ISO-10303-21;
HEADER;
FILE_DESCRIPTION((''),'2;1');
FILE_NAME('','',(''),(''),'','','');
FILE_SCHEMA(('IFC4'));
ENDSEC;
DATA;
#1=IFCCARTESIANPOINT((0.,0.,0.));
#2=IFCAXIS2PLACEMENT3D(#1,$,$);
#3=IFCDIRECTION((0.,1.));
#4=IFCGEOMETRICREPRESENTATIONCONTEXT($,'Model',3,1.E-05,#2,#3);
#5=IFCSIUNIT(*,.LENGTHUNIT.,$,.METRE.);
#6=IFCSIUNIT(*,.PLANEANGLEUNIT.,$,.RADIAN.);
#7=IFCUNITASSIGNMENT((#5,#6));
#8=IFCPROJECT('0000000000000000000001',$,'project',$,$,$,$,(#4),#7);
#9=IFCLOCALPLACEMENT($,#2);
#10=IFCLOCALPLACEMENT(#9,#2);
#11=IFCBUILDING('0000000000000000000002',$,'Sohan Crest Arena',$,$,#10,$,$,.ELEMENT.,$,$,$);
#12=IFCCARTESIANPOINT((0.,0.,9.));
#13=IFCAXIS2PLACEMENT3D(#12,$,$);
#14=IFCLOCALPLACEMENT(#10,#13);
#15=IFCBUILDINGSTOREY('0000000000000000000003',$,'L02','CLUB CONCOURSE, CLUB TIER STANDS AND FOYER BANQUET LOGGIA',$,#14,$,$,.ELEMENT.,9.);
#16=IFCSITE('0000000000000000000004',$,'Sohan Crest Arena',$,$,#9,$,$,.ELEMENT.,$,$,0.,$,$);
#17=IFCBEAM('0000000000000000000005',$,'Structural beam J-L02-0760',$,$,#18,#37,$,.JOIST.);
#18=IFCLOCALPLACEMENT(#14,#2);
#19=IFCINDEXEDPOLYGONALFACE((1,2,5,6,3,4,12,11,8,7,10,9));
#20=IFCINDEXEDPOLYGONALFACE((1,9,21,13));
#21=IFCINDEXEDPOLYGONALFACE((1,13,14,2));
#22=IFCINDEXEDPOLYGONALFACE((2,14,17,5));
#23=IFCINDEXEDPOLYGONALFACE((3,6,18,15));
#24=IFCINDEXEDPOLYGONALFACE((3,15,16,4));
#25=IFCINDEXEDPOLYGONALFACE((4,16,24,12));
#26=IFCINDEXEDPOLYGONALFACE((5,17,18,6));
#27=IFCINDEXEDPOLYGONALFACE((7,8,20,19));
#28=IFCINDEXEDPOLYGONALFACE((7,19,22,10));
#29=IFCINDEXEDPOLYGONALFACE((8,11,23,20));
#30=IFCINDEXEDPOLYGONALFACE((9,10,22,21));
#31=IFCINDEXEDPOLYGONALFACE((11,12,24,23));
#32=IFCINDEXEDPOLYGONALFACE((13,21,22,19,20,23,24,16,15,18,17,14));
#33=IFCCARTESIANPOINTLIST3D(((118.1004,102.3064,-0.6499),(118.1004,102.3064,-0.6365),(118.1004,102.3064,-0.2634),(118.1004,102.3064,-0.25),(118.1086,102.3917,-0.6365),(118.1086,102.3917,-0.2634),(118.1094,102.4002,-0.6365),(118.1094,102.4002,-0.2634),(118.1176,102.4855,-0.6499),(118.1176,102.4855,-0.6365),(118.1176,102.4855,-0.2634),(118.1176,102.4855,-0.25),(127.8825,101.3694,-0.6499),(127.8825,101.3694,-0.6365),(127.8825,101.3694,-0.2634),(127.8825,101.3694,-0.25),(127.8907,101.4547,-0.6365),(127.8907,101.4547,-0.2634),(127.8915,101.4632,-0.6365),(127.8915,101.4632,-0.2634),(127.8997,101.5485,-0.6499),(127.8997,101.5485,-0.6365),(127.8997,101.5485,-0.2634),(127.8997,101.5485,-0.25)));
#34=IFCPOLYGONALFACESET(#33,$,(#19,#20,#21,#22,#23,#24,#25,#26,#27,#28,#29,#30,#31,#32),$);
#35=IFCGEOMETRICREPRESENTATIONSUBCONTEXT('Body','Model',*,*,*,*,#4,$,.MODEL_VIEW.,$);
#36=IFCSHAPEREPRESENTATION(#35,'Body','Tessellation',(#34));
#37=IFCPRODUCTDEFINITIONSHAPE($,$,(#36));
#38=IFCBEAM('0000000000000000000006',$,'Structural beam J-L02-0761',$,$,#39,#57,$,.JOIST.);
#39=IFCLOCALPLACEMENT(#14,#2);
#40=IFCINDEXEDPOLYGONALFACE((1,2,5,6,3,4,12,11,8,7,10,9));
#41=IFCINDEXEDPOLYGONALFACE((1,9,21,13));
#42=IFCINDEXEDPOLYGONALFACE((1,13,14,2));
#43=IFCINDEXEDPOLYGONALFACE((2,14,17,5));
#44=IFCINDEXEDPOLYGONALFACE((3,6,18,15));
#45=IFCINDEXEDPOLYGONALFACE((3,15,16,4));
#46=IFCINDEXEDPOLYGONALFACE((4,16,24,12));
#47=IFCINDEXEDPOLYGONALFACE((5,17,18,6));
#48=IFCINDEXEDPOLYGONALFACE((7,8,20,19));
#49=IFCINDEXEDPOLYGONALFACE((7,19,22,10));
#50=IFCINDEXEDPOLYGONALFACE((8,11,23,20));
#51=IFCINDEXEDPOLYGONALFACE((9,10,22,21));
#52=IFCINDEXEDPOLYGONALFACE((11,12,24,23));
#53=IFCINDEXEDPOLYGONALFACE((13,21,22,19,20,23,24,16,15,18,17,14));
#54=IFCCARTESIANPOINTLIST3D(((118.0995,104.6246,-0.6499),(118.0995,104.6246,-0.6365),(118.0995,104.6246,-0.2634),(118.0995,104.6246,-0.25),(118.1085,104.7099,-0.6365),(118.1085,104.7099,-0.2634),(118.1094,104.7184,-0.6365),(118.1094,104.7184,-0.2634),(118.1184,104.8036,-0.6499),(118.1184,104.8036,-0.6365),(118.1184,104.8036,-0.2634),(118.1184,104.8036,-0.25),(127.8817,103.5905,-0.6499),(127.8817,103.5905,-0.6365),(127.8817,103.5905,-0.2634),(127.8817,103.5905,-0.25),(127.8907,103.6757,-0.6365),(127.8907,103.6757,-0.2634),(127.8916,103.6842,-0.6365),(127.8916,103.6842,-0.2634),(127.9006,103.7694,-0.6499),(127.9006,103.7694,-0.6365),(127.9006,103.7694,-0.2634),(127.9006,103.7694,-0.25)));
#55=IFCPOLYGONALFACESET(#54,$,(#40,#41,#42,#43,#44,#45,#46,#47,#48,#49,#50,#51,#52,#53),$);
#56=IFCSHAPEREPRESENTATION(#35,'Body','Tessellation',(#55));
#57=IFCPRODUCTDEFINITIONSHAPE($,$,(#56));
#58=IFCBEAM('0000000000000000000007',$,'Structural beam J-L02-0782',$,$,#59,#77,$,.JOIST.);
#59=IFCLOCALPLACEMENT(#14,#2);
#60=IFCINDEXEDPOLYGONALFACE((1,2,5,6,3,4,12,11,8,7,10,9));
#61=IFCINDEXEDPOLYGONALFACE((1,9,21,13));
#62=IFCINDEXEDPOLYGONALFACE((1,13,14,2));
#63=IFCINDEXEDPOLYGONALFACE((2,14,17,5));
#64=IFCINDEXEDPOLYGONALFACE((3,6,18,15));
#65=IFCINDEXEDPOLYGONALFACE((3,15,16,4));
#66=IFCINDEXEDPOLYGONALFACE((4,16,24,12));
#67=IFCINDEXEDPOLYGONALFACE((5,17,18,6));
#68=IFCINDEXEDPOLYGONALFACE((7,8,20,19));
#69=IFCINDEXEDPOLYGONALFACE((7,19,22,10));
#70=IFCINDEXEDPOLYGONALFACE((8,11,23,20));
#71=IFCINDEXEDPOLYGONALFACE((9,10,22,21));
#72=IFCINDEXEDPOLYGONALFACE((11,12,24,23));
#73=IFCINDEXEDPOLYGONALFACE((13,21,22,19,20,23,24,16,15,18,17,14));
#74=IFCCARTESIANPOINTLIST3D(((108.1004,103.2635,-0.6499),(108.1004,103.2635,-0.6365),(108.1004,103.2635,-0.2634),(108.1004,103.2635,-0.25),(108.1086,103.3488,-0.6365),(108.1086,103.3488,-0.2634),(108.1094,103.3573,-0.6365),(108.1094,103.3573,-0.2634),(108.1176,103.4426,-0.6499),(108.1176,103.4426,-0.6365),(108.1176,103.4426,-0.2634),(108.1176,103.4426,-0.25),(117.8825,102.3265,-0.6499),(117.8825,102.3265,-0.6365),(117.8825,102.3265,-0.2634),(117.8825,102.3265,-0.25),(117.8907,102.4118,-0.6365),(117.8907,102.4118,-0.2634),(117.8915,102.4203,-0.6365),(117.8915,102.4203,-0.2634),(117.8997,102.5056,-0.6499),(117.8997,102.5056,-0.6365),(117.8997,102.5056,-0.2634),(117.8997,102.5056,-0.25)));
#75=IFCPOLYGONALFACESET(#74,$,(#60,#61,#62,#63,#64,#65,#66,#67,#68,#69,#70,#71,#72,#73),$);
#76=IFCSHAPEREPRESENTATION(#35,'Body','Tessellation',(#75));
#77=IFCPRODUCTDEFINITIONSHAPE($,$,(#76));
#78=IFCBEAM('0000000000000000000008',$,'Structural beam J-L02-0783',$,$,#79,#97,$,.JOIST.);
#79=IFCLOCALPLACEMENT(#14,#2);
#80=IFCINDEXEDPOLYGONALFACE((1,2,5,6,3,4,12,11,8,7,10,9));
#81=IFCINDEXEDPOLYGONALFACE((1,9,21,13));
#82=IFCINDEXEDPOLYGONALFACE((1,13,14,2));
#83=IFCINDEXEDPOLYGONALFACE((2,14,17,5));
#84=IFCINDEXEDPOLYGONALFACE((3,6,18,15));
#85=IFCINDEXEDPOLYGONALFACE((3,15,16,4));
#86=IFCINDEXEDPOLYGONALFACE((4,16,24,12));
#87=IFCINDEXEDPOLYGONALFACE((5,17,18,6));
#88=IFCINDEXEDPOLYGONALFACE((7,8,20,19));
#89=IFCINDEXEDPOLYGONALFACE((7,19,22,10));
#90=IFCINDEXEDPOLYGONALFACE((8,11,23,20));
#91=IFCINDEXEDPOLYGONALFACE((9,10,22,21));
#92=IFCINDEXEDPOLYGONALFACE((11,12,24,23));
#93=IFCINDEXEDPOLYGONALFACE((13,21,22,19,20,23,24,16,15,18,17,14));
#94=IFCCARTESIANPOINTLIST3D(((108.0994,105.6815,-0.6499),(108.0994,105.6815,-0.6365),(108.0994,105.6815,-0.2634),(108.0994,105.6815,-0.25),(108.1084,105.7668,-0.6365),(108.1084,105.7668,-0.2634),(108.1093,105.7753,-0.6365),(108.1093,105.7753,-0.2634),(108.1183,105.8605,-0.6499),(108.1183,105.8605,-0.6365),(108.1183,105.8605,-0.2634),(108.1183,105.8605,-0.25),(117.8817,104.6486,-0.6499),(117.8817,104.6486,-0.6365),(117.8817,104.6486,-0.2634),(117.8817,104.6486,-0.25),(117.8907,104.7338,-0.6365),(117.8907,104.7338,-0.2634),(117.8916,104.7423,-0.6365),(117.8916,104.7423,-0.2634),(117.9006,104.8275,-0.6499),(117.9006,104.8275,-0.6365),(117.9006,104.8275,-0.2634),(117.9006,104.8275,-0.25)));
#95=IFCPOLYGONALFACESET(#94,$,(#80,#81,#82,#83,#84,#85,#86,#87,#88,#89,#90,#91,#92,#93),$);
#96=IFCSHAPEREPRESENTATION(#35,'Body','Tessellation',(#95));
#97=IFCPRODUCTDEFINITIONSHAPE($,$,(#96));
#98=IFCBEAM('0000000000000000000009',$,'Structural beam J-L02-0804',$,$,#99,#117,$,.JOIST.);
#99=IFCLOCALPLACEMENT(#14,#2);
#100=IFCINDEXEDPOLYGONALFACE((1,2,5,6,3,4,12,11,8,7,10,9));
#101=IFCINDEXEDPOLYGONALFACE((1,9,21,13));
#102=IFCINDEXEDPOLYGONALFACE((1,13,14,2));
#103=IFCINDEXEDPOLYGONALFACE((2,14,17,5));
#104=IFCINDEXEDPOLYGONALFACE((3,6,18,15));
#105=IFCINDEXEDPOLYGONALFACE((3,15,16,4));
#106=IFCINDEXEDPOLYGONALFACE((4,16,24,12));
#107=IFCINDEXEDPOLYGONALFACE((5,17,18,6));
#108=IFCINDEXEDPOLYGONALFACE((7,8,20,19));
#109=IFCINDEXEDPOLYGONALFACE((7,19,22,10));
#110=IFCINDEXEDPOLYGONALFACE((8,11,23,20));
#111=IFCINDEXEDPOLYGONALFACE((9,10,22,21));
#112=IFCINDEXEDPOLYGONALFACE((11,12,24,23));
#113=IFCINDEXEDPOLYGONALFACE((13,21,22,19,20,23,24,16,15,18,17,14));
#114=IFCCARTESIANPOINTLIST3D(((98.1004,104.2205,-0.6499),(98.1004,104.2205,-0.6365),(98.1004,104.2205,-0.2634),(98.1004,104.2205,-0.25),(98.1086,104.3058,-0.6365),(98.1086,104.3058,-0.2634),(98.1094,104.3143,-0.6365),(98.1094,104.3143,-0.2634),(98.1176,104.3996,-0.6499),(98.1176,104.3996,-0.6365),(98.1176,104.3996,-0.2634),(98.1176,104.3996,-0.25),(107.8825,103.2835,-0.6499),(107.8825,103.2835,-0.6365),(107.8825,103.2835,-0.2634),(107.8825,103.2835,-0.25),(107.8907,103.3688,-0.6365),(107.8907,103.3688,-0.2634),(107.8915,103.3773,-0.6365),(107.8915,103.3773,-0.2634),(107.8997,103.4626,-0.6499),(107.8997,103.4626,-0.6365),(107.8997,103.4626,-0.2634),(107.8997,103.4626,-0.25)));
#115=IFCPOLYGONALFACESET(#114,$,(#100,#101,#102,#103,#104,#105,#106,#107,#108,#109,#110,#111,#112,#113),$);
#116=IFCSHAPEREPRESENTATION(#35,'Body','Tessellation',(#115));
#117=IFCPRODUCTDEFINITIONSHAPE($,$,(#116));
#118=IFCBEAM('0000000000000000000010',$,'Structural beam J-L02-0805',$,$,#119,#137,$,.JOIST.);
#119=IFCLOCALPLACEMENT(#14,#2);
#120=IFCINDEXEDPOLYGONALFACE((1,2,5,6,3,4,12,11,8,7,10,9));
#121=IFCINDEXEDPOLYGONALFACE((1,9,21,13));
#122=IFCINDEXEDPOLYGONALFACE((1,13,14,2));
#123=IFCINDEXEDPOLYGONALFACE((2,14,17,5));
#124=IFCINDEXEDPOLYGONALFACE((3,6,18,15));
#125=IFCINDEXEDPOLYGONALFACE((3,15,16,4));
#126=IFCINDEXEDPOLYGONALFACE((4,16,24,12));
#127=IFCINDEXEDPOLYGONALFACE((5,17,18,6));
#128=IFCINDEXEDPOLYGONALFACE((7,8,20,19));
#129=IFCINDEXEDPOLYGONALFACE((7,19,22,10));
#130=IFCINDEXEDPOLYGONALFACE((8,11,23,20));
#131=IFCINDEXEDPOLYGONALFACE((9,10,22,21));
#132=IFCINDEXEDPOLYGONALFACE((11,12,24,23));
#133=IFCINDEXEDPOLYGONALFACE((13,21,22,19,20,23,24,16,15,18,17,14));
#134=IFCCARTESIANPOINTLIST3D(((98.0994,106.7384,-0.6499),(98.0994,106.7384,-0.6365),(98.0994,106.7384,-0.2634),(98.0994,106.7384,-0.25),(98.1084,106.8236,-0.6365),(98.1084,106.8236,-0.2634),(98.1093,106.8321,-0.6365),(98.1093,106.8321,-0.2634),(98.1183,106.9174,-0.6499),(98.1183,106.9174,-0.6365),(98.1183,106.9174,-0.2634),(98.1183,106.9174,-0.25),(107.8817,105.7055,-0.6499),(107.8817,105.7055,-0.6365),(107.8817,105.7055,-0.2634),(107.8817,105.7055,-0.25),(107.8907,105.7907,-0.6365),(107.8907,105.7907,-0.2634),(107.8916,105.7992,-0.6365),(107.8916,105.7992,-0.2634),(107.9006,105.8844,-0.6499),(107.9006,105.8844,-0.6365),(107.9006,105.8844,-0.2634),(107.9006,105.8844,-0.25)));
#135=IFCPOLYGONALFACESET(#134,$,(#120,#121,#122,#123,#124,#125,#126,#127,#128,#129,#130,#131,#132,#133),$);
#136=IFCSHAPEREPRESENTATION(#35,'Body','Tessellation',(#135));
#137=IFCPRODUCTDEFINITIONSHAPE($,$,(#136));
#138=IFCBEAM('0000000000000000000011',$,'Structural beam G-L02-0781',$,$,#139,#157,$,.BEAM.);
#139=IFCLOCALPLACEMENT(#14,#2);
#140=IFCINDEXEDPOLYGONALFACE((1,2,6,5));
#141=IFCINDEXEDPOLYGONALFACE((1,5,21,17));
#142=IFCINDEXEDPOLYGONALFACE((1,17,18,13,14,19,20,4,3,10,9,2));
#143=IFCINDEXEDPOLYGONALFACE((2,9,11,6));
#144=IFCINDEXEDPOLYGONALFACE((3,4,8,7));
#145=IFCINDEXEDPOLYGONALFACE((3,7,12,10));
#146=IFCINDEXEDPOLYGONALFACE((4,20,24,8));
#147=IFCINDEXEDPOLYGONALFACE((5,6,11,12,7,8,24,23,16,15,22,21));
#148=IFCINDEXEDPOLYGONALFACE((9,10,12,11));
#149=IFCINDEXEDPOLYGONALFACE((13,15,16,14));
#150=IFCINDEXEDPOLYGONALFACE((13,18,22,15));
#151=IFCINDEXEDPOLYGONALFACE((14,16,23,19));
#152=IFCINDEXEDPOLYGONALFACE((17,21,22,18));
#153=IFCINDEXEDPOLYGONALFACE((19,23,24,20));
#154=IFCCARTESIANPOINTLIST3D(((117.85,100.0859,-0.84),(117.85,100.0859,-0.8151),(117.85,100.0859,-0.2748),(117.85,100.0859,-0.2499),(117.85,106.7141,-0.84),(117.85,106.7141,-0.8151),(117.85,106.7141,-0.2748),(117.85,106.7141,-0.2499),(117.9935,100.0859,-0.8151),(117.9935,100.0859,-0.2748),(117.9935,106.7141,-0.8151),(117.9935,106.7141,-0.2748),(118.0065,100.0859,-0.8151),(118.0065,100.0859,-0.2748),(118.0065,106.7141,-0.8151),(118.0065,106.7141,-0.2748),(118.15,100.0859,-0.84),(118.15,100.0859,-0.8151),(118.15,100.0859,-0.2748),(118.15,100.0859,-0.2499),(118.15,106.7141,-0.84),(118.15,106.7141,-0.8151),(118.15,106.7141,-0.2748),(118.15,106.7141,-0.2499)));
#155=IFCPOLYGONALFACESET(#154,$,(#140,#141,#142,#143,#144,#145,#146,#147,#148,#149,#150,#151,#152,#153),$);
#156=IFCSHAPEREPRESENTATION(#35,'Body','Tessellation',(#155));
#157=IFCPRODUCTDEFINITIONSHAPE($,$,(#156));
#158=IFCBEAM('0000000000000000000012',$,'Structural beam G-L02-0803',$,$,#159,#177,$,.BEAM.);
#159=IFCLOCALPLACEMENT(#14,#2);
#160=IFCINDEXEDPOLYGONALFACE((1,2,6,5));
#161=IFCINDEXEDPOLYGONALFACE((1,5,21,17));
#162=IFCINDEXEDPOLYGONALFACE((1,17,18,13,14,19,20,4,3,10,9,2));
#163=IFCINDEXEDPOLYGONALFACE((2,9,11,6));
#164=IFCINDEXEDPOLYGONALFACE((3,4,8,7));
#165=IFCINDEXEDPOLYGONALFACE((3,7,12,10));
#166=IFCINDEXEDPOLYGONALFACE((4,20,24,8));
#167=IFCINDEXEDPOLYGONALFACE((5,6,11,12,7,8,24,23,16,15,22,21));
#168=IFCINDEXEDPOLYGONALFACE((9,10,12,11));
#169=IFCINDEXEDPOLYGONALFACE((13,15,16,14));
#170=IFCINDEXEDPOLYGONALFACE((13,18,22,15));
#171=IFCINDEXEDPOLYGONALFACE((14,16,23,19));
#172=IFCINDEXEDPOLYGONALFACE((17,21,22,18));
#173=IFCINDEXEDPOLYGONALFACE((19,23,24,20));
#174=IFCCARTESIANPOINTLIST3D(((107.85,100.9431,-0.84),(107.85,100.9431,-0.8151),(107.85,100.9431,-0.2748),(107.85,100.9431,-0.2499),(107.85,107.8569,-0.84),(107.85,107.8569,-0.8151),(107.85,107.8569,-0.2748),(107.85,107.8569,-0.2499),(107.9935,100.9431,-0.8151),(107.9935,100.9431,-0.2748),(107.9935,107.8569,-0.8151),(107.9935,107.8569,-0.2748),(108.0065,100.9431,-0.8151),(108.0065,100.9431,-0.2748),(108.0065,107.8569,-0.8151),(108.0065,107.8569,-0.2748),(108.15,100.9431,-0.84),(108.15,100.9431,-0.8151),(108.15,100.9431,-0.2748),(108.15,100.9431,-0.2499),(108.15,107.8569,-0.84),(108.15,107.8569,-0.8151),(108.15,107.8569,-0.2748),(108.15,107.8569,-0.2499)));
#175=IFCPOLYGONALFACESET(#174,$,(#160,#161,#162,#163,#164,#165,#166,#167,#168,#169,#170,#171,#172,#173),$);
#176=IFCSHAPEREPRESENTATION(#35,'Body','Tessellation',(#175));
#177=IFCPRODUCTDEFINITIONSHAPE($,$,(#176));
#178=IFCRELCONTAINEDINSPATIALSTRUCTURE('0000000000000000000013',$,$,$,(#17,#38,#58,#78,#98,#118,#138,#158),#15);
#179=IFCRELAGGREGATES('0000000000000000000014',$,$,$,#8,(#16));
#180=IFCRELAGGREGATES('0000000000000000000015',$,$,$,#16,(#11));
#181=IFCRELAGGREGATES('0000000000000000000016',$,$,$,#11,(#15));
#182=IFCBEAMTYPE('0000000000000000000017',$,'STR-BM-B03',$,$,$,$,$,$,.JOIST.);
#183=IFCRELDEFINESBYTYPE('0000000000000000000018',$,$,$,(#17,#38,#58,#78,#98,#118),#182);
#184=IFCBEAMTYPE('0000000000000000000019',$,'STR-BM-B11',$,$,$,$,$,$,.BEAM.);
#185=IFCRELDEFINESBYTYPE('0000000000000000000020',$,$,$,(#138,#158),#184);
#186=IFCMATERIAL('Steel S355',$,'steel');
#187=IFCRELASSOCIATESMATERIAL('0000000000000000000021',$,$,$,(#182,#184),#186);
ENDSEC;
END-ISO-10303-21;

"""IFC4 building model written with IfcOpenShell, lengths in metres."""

from ifc_helpers import new_model, si_unit, direction, frame, origin, origin_2d, place, context, subcontext, project, spatial, i_section, extrude, material, material_profile, profile_set, type_object, element, save


model = new_model("IFC4")

# Units and contexts
model_context = context("Model", 3, precision=1e-05, world=origin(), true_north=direction((0.0, 1.0)))
body_context = subcontext(model_context, "Body", "Model", "MODEL_VIEW")
ifc_project = project(units=[si_unit("LENGTHUNIT", "METRE"), si_unit("PLANEANGLEUNIT", "RADIAN")], contexts=[model_context])

# Site, building, storey
site_placement = place(None, origin())
site = spatial("IfcSite", under=ifc_project, at=site_placement, Name="Sohan Crest Arena", CompositionType="ELEMENT", RefElevation=0.0)
building_placement = place(site_placement, origin())
building = spatial("IfcBuilding", under=site, at=building_placement, Name="Sohan Crest Arena", CompositionType="ELEMENT")
storey_placement = place(building_placement, frame((0.0, 0.0, 9.0)))
storey = spatial("IfcBuildingStorey", under=building, at=storey_placement, Name="L02", Description="CLUB CONCOURSE, CLUB TIER STANDS AND FOYER BANQUET LOGGIA", CompositionType="ELEMENT", Elevation=9.0)

# Shared definitions
ifc_material_1 = material(Name="Steel S355", Category="steel")

# Beams
ifc_material_profile_1 = material_profile(ifc_material_1, i_section(OverallWidth=0.1799, OverallDepth=0.3999, WebThickness=0.0085, FlangeThickness=0.0134, at=origin_2d()), Name="IPE 400")
ifc_profile_set_1 = profile_set([ifc_material_profile_1], Name="Steel S355")
beam_type_1 = type_object("IfcBeamType", Name="STR-BM-B03", PredefinedType="JOIST", material=ifc_profile_set_1)
beam_1_placement = place(storey_placement, frame((127.8911, 101.459, -0.45), z_axis=(-0.995444, 0.095351, 0.0), x_axis=(-0.095351, -0.995444, 0.0)))
element("IfcBeam", 1, at=beam_1_placement, inside=storey, type_object=beam_type_1, Name="Structural beam J-L02-0760", PredefinedType="JOIST", context=body_context, shape_type="SweptSolid", body=[
    extrude(i_section(OverallWidth=0.1799, OverallDepth=0.3999, WebThickness=0.0085, FlangeThickness=0.0134, at=origin_2d()), origin(), (0.0, 0.0, 1.0), 9.8269),
])
beam_2_placement = place(storey_placement, frame((127.8911, 103.6799, -0.45), z_axis=(-0.994458, 0.105134, 0.0), x_axis=(-0.105134, -0.994458, 0.0)))
element("IfcBeam", 2, at=beam_2_placement, inside=storey, type_object=beam_type_1, Name="Structural beam J-L02-0761", PredefinedType="JOIST", context=body_context, shape_type="SweptSolid", body=[
    extrude(i_section(OverallWidth=0.1799, OverallDepth=0.3999, WebThickness=0.0085, FlangeThickness=0.0134, at=origin_2d()), origin(), (0.0, 0.0, 1.0), 9.8367),
])
beam_3_placement = place(storey_placement, frame((117.8911, 102.416, -0.45), z_axis=(-0.995444, 0.095351, 0.0), x_axis=(-0.095351, -0.995444, 0.0)))
element("IfcBeam", 3, at=beam_3_placement, inside=storey, type_object=beam_type_1, Name="Structural beam J-L02-0782", PredefinedType="JOIST", context=body_context, shape_type="SweptSolid", body=[
    extrude(i_section(OverallWidth=0.1799, OverallDepth=0.3999, WebThickness=0.0085, FlangeThickness=0.0134, at=origin_2d()), origin(), (0.0, 0.0, 1.0), 9.8269),
])
beam_4_placement = place(storey_placement, frame((117.8911, 104.738, -0.45), z_axis=(-0.994471, 0.105012, 0.0), x_axis=(-0.105012, -0.994471, 0.0)))
element("IfcBeam", 4, at=beam_4_placement, inside=storey, type_object=beam_type_1, Name="Structural beam J-L02-0783", PredefinedType="JOIST", context=body_context, shape_type="SweptSolid", body=[
    extrude(i_section(OverallWidth=0.1799, OverallDepth=0.3999, WebThickness=0.0085, FlangeThickness=0.0134, at=origin_2d()), origin(), (0.0, 0.0, 1.0), 9.8367),
])
beam_5_placement = place(storey_placement, frame((107.8911, 103.373, -0.45), z_axis=(-0.995444, 0.095351, 0.0), x_axis=(-0.095351, -0.995444, 0.0)))
element("IfcBeam", 5, at=beam_5_placement, inside=storey, type_object=beam_type_1, Name="Structural beam J-L02-0804", PredefinedType="JOIST", context=body_context, shape_type="SweptSolid", body=[
    extrude(i_section(OverallWidth=0.1799, OverallDepth=0.3999, WebThickness=0.0085, FlangeThickness=0.0134, at=origin_2d()), origin(), (0.0, 0.0, 1.0), 9.8269),
])
beam_6_placement = place(storey_placement, frame((107.8911, 105.7949, -0.45), z_axis=(-0.994471, 0.105012, 0.0), x_axis=(-0.105012, -0.994471, 0.0)))
element("IfcBeam", 6, at=beam_6_placement, inside=storey, type_object=beam_type_1, Name="Structural beam J-L02-0805", PredefinedType="JOIST", context=body_context, shape_type="SweptSolid", body=[
    extrude(i_section(OverallWidth=0.1799, OverallDepth=0.3999, WebThickness=0.0085, FlangeThickness=0.0134, at=origin_2d()), origin(), (0.0, 0.0, 1.0), 9.8367),
])
ifc_material_profile_2 = material_profile(ifc_material_1, i_section(OverallWidth=0.3, OverallDepth=0.5901, WebThickness=0.0129, FlangeThickness=0.0249, at=origin_2d()), Name="HEA 600")
ifc_profile_set_2 = profile_set([ifc_material_profile_2], Name="Steel S355")
beam_type_2 = type_object("IfcBeamType", Name="STR-BM-B11", PredefinedType="BEAM", material=ifc_profile_set_2)
beam_7_placement = place(storey_placement, frame((118.0, 100.0859, -0.5449), z_axis=(0.0, 1.0, 0.0), x_axis=(-1.0, 0.0, 0.0)))
element("IfcBeam", 7, at=beam_7_placement, inside=storey, type_object=beam_type_2, Name="Structural beam G-L02-0781", PredefinedType="BEAM", context=body_context, shape_type="SweptSolid", body=[
    extrude(i_section(OverallWidth=0.3, OverallDepth=0.5901, WebThickness=0.0129, FlangeThickness=0.0249, at=origin_2d()), origin(), (0.0, 0.0, 1.0), 6.6282),
])
beam_8_placement = place(storey_placement, frame((108.0, 100.9431, -0.5449), z_axis=(0.0, 1.0, 0.0), x_axis=(-1.0, 0.0, 0.0)))
element("IfcBeam", 8, at=beam_8_placement, inside=storey, type_object=beam_type_2, Name="Structural beam G-L02-0803", PredefinedType="BEAM", context=body_context, shape_type="SweptSolid", body=[
    extrude(i_section(OverallWidth=0.3, OverallDepth=0.5901, WebThickness=0.0129, FlangeThickness=0.0249, at=origin_2d()), origin(), (0.0, 0.0, 1.0), 6.9138),
])

save(model, "model.ifc")
